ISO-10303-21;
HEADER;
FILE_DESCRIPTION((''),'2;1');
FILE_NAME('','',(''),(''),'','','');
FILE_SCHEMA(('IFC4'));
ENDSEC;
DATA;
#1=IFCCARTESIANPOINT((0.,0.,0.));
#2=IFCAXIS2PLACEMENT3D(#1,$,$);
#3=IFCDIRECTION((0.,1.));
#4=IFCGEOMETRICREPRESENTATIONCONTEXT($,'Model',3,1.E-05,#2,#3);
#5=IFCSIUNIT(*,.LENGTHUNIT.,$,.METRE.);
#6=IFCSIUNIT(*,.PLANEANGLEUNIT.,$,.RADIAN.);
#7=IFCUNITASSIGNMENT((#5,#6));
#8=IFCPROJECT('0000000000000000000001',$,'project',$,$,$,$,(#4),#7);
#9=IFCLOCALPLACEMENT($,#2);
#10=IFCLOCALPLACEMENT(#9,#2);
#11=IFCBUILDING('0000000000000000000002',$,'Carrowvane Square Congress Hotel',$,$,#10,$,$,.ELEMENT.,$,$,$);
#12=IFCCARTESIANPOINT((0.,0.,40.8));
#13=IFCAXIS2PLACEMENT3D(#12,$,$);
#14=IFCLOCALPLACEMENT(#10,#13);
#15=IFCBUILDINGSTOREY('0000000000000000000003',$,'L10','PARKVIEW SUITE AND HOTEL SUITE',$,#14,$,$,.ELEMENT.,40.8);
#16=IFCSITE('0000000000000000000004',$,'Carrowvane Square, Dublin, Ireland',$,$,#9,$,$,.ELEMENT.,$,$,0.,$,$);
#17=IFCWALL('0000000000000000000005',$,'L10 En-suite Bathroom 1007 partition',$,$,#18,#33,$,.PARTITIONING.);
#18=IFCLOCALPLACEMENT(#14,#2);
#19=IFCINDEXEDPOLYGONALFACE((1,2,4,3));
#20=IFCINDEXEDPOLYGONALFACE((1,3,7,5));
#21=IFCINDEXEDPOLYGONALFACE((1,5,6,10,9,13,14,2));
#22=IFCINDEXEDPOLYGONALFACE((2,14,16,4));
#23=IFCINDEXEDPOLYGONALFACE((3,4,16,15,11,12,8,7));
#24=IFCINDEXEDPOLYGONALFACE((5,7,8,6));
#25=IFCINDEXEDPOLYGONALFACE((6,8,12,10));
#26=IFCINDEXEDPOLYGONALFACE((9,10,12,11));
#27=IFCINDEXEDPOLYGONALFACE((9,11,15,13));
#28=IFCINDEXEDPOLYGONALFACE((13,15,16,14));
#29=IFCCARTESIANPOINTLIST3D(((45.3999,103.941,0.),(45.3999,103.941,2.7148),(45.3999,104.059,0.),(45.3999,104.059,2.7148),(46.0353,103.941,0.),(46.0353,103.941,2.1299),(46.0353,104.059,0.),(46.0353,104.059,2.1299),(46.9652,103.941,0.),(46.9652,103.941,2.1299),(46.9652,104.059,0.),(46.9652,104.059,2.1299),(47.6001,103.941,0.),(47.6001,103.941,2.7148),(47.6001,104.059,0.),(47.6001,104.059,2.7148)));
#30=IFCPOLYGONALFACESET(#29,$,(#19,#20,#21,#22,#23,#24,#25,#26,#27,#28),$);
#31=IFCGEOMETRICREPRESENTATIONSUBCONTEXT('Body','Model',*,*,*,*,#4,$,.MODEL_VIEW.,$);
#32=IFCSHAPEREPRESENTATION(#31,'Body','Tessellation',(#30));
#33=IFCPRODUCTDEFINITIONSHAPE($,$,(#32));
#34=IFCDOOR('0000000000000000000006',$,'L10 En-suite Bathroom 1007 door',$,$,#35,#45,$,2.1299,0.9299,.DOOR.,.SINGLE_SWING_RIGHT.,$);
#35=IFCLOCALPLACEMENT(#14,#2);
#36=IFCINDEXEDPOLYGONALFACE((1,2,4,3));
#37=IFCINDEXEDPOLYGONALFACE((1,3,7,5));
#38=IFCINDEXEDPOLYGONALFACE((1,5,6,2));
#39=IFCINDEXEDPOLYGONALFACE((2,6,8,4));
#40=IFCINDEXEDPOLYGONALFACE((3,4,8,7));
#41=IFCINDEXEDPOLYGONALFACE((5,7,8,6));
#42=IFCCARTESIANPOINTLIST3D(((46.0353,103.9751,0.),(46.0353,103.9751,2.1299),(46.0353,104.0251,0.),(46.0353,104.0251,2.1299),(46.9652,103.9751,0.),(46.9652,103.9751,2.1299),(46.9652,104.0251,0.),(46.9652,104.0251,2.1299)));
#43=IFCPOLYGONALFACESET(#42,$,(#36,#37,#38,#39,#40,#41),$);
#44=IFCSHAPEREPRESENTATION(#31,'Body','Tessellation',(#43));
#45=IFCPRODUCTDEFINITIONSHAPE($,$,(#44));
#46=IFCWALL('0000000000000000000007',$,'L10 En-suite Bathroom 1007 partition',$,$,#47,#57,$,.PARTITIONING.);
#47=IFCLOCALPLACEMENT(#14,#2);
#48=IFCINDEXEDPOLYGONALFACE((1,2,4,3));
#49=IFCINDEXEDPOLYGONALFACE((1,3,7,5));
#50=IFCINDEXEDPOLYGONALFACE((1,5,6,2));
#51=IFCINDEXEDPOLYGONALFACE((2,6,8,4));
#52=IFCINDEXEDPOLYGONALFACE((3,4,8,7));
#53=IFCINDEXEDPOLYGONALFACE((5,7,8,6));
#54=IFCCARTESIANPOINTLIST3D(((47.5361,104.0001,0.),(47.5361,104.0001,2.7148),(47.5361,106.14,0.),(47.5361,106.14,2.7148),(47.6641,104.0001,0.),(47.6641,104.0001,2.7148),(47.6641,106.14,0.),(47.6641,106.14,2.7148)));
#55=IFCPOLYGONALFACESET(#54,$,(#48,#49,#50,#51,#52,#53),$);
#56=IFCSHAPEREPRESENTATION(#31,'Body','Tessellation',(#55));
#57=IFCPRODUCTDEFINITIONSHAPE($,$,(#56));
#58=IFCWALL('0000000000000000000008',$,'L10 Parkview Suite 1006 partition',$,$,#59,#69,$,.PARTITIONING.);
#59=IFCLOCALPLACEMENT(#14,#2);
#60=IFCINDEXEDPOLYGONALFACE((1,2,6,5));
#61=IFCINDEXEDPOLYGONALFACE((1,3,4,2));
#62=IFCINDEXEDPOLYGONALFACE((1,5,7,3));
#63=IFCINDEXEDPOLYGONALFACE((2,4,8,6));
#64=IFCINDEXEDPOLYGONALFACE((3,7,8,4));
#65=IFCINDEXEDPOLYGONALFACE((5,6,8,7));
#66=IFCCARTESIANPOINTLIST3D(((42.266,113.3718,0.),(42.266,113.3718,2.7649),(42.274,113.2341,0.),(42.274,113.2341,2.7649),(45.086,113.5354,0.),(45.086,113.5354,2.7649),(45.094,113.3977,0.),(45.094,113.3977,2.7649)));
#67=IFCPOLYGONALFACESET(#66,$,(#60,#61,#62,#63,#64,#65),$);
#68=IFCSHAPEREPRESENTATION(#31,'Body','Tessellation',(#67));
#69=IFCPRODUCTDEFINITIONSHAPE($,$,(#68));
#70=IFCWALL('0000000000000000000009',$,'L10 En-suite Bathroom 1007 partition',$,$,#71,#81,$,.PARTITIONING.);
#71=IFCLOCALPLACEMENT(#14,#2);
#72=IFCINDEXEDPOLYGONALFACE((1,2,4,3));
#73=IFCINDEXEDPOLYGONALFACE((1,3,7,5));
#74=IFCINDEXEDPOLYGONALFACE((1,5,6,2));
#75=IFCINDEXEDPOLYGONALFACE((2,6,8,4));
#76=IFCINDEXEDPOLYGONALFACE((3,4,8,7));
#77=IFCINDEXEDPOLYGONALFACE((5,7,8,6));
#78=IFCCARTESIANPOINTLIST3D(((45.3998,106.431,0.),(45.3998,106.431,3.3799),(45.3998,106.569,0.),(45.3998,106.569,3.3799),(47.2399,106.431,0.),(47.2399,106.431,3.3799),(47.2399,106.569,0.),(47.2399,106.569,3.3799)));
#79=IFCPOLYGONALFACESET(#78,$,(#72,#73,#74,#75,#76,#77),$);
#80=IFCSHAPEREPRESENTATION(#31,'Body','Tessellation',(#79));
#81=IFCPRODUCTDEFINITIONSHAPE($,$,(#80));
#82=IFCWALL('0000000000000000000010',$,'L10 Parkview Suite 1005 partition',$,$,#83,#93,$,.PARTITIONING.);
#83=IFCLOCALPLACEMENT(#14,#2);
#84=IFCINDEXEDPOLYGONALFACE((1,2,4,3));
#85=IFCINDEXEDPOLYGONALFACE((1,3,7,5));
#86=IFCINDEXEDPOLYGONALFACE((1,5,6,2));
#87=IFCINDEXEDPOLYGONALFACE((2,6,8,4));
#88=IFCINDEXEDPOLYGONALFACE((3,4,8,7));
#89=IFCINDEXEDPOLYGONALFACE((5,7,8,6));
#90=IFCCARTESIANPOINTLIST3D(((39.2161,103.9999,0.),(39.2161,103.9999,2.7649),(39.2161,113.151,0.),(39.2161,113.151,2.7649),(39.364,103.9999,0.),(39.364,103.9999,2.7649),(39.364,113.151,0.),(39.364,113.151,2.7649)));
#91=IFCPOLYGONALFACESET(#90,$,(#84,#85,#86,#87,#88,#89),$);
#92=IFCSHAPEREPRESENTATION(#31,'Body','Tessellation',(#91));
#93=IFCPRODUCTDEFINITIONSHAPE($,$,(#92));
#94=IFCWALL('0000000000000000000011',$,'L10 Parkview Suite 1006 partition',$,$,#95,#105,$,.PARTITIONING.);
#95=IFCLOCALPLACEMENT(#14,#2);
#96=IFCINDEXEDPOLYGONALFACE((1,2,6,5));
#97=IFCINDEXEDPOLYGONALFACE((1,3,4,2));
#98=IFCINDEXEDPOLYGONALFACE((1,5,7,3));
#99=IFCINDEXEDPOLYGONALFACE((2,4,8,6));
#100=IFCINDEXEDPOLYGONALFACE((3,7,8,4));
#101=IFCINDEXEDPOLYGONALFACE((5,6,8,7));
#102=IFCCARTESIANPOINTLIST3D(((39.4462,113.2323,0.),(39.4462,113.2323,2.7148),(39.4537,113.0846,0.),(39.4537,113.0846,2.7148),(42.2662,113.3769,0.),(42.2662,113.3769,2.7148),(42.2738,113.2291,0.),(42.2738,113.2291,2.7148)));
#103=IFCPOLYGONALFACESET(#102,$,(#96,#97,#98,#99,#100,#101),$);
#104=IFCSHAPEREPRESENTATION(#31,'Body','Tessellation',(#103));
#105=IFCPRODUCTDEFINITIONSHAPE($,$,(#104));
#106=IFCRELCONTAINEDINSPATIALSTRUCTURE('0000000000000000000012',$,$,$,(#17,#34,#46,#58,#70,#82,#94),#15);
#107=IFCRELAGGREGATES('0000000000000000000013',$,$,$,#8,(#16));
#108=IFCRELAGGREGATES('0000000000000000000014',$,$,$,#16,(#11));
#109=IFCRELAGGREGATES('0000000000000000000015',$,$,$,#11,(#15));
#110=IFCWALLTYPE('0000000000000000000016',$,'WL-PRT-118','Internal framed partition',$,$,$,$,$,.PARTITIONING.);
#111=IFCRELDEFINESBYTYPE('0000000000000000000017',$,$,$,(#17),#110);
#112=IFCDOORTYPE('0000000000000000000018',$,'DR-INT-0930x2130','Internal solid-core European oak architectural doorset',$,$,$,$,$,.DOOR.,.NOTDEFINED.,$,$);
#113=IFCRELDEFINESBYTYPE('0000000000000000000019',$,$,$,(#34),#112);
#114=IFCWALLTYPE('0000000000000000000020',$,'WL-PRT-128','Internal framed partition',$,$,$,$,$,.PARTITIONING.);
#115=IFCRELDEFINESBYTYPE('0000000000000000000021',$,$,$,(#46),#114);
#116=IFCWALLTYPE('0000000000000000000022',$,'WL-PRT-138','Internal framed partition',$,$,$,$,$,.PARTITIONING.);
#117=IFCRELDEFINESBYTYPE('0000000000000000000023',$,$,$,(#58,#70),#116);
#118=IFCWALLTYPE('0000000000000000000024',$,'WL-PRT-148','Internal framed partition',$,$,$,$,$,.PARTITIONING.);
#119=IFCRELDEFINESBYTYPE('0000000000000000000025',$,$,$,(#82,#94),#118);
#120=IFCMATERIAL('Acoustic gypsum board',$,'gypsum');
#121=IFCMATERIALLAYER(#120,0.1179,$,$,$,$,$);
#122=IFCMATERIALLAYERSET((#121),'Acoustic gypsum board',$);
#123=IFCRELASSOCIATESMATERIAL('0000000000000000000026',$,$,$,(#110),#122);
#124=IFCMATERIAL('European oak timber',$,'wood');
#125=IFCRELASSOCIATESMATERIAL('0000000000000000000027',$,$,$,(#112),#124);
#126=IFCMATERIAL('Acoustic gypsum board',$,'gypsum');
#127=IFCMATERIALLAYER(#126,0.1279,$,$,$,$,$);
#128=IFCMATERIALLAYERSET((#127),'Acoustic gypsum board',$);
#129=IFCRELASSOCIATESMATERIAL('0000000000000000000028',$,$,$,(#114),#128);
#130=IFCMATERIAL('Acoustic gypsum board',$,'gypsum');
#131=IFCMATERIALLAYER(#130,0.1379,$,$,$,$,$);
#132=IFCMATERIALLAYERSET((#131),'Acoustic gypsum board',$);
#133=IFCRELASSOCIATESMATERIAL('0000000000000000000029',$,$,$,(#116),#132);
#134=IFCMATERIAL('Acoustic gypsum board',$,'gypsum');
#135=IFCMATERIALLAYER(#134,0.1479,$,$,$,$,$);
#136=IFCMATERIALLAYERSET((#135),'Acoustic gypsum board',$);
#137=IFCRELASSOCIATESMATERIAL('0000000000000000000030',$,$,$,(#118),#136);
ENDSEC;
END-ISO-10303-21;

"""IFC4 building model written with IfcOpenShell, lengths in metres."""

from ifc_helpers import new_model, si_unit, direction, frame, frame_2d, origin, place, context, subcontext, project, spatial, rectangle, extrude, material, layer, layer_set, type_object, element, fill, save


model = new_model("IFC4")

# Units and contexts
model_context = context("Model", 3, precision=1e-05, world=origin(), true_north=direction((0.0, 1.0)))
body_context = subcontext(model_context, "Body", "Model", "MODEL_VIEW")
ifc_project = project(units=[si_unit("LENGTHUNIT", "METRE"), si_unit("PLANEANGLEUNIT", "RADIAN")], contexts=[model_context])

# Site, building, storey
site_placement = place(None, origin())
site = spatial("IfcSite", under=ifc_project, at=site_placement, Name="Carrowvane Square, Dublin, Ireland", CompositionType="ELEMENT", RefElevation=0.0)
building_placement = place(site_placement, origin())
building = spatial("IfcBuilding", under=site, at=building_placement, Name="Carrowvane Square Congress Hotel", CompositionType="ELEMENT")
storey_placement = place(building_placement, frame((0.0, 0.0, 40.8)))
storey = spatial("IfcBuildingStorey", under=building, at=storey_placement, Name="L10", Description="PARKVIEW SUITE AND HOTEL SUITE", CompositionType="ELEMENT", Elevation=40.8)

# Shared definitions
ifc_material_1 = material(Name="Acoustic gypsum board", Category="gypsum")
ifc_layer_1 = layer(ifc_material_1, 0.1179)
ifc_layer_set_1 = layer_set([ifc_layer_1], Name="Acoustic gypsum board")
wall_type_1 = type_object("IfcWallType", Name="WL-PRT-118", Description="Internal framed partition", PredefinedType="PARTITIONING", material=ifc_layer_set_1)

# Wall, opening, door
wall_1_placement = place(storey_placement, frame((47.6001, 104.0, 0.0), z_axis=(0.0, 0.0, 1.0), x_axis=(-1.0, 0.0, 0.0)))
wall_1 = element("IfcWall", 1, at=wall_1_placement, inside=storey, type_object=wall_type_1, Name="L10 En-suite Bathroom 1007 partition", PredefinedType="PARTITIONING", context=body_context, shape_type="SweptSolid", body=[
    extrude(rectangle(XDim=2.2002, YDim=0.1179, at=frame_2d((1.1001, 0.0))), origin(), (0.0, 0.0, 1.0), 2.7148),
])
opening_1_placement = place(wall_1_placement, frame((0.635, 0.0, 0.0)))
opening_1 = element("IfcOpeningElement", 2, at=opening_1_placement, cuts=wall_1, PredefinedType="OPENING", context=body_context, shape_type="SweptSolid", body=[
    extrude(rectangle(XDim=0.9299, YDim=2.1299, at=frame_2d((0.4648, 1.0649))), frame((0.0, 0.0688, 0.0), z_axis=(0.0, -1.0, 0.0), x_axis=(1.0, 0.0, 0.0)), (0.0, 0.0, 1.0), 0.1379),
])
ifc_material_2 = material(Name="European oak timber", Category="wood")
door_type_1 = type_object("IfcDoorType", Name="DR-INT-0930x2130", Description="Internal solid-core European oak architectural doorset", OperationType="NOTDEFINED", PredefinedType="DOOR", material=ifc_material_2)
door_1_placement = place(opening_1_placement, origin())
door_1 = element("IfcDoor", 3, at=door_1_placement, inside=storey, type_object=door_type_1, Name="L10 En-suite Bathroom 1007 door", OperationType="SINGLE_SWING_RIGHT", OverallHeight=2.1299, OverallWidth=0.9299, PredefinedType="DOOR", context=body_context, shape_type="SweptSolid", body=[
    extrude(rectangle(XDim=0.9299, YDim=2.1299, at=frame_2d((0.4648, 1.0649))), frame((0.0, 0.0249, 0.0), z_axis=(0.0, -1.0, 0.0), x_axis=(1.0, 0.0, 0.0)), (0.0, 0.0, 1.0), 0.05),
])
fill(opening_1, door_1)

# Wall
ifc_material_3 = material(Name="Acoustic gypsum board", Category="gypsum")
ifc_layer_2 = layer(ifc_material_3, 0.1279)
ifc_layer_set_2 = layer_set([ifc_layer_2], Name="Acoustic gypsum board")
wall_type_2 = type_object("IfcWallType", Name="WL-PRT-128", Description="Internal framed partition", PredefinedType="PARTITIONING", material=ifc_layer_set_2)
wall_2_placement = place(storey_placement, frame((47.6001, 106.1399, 0.0), z_axis=(0.0, 0.0, 1.0), x_axis=(0.0, -1.0, 0.0)))
element("IfcWall", 4, at=wall_2_placement, inside=storey, type_object=wall_type_2, Name="L10 En-suite Bathroom 1007 partition", PredefinedType="PARTITIONING", context=body_context, shape_type="SweptSolid", body=[
    extrude(rectangle(XDim=2.1399, YDim=0.1279, at=frame_2d((1.0698, 0.0))), origin(), (0.0, 0.0, 1.0), 2.7148),
])

# Shared definitions
ifc_material_4 = material(Name="Acoustic gypsum board", Category="gypsum")
ifc_layer_3 = layer(ifc_material_4, 0.1379)
ifc_layer_set_3 = layer_set([ifc_layer_3], Name="Acoustic gypsum board")
wall_type_3 = type_object("IfcWallType", Name="WL-PRT-138", Description="Internal framed partition", PredefinedType="PARTITIONING", material=ifc_layer_set_3)

# Walls
wall_3_placement = place(storey_placement, frame((42.27, 113.303, 0.0), z_axis=(0.0, 0.0, 1.0), x_axis=(0.998322, 0.057906, 0.0)))
element("IfcWall", 5, at=wall_3_placement, inside=storey, type_object=wall_type_3, Name="L10 Parkview Suite 1006 partition", PredefinedType="PARTITIONING", context=body_context, shape_type="SweptSolid", body=[
    extrude(rectangle(XDim=2.8247, YDim=0.1379, at=frame_2d((1.4124, 0.0))), origin(), (0.0, 0.0, 1.0), 2.7649),
])
wall_4_placement = place(storey_placement, frame((45.3999, 106.5, 0.0), z_axis=(0.0, 0.0, 1.0), x_axis=(1.0, 0.0, 0.0)))
element("IfcWall", 6, at=wall_4_placement, inside=storey, type_object=wall_type_3, Name="L10 En-suite Bathroom 1007 partition", PredefinedType="PARTITIONING", context=body_context, shape_type="SweptSolid", body=[
    extrude(rectangle(XDim=1.8401, YDim=0.1379, at=frame_2d((0.9199, 0.0))), origin(), (0.0, 0.0, 1.0), 3.3799),
])
ifc_material_5 = material(Name="Acoustic gypsum board", Category="gypsum")
ifc_layer_4 = layer(ifc_material_5, 0.1479)
ifc_layer_set_4 = layer_set([ifc_layer_4], Name="Acoustic gypsum board")
wall_type_4 = type_object("IfcWallType", Name="WL-PRT-148", Description="Internal framed partition", PredefinedType="PARTITIONING", material=ifc_layer_set_4)
wall_5_placement = place(storey_placement, frame((39.29, 113.1511, 0.0), z_axis=(0.0, 0.0, 1.0), x_axis=(0.0, -1.0, 0.0)))
element("IfcWall", 7, at=wall_5_placement, inside=storey, type_object=wall_type_4, Name="L10 Parkview Suite 1005 partition", PredefinedType="PARTITIONING", context=body_context, shape_type="SweptSolid", body=[
    extrude(rectangle(XDim=9.1511, YDim=0.1479, at=frame_2d((4.5757, 0.0))), origin(), (0.0, 0.0, 1.0), 2.7649),
])
wall_6_placement = place(storey_placement, frame((39.45, 113.1584, 0.0), z_axis=(0.0, 0.0, 1.0), x_axis=(0.998689, 0.051184, 0.0)))
element("IfcWall", 8, at=wall_6_placement, inside=storey, type_object=wall_type_4, Name="L10 Parkview Suite 1006 partition", PredefinedType="PARTITIONING", context=body_context, shape_type="SweptSolid", body=[
    extrude(rectangle(XDim=2.8237, YDim=0.1479, at=frame_2d((1.4119, 0.0))), origin(), (0.0, 0.0, 1.0), 2.7148),
])

save(model, "model.ifc")
